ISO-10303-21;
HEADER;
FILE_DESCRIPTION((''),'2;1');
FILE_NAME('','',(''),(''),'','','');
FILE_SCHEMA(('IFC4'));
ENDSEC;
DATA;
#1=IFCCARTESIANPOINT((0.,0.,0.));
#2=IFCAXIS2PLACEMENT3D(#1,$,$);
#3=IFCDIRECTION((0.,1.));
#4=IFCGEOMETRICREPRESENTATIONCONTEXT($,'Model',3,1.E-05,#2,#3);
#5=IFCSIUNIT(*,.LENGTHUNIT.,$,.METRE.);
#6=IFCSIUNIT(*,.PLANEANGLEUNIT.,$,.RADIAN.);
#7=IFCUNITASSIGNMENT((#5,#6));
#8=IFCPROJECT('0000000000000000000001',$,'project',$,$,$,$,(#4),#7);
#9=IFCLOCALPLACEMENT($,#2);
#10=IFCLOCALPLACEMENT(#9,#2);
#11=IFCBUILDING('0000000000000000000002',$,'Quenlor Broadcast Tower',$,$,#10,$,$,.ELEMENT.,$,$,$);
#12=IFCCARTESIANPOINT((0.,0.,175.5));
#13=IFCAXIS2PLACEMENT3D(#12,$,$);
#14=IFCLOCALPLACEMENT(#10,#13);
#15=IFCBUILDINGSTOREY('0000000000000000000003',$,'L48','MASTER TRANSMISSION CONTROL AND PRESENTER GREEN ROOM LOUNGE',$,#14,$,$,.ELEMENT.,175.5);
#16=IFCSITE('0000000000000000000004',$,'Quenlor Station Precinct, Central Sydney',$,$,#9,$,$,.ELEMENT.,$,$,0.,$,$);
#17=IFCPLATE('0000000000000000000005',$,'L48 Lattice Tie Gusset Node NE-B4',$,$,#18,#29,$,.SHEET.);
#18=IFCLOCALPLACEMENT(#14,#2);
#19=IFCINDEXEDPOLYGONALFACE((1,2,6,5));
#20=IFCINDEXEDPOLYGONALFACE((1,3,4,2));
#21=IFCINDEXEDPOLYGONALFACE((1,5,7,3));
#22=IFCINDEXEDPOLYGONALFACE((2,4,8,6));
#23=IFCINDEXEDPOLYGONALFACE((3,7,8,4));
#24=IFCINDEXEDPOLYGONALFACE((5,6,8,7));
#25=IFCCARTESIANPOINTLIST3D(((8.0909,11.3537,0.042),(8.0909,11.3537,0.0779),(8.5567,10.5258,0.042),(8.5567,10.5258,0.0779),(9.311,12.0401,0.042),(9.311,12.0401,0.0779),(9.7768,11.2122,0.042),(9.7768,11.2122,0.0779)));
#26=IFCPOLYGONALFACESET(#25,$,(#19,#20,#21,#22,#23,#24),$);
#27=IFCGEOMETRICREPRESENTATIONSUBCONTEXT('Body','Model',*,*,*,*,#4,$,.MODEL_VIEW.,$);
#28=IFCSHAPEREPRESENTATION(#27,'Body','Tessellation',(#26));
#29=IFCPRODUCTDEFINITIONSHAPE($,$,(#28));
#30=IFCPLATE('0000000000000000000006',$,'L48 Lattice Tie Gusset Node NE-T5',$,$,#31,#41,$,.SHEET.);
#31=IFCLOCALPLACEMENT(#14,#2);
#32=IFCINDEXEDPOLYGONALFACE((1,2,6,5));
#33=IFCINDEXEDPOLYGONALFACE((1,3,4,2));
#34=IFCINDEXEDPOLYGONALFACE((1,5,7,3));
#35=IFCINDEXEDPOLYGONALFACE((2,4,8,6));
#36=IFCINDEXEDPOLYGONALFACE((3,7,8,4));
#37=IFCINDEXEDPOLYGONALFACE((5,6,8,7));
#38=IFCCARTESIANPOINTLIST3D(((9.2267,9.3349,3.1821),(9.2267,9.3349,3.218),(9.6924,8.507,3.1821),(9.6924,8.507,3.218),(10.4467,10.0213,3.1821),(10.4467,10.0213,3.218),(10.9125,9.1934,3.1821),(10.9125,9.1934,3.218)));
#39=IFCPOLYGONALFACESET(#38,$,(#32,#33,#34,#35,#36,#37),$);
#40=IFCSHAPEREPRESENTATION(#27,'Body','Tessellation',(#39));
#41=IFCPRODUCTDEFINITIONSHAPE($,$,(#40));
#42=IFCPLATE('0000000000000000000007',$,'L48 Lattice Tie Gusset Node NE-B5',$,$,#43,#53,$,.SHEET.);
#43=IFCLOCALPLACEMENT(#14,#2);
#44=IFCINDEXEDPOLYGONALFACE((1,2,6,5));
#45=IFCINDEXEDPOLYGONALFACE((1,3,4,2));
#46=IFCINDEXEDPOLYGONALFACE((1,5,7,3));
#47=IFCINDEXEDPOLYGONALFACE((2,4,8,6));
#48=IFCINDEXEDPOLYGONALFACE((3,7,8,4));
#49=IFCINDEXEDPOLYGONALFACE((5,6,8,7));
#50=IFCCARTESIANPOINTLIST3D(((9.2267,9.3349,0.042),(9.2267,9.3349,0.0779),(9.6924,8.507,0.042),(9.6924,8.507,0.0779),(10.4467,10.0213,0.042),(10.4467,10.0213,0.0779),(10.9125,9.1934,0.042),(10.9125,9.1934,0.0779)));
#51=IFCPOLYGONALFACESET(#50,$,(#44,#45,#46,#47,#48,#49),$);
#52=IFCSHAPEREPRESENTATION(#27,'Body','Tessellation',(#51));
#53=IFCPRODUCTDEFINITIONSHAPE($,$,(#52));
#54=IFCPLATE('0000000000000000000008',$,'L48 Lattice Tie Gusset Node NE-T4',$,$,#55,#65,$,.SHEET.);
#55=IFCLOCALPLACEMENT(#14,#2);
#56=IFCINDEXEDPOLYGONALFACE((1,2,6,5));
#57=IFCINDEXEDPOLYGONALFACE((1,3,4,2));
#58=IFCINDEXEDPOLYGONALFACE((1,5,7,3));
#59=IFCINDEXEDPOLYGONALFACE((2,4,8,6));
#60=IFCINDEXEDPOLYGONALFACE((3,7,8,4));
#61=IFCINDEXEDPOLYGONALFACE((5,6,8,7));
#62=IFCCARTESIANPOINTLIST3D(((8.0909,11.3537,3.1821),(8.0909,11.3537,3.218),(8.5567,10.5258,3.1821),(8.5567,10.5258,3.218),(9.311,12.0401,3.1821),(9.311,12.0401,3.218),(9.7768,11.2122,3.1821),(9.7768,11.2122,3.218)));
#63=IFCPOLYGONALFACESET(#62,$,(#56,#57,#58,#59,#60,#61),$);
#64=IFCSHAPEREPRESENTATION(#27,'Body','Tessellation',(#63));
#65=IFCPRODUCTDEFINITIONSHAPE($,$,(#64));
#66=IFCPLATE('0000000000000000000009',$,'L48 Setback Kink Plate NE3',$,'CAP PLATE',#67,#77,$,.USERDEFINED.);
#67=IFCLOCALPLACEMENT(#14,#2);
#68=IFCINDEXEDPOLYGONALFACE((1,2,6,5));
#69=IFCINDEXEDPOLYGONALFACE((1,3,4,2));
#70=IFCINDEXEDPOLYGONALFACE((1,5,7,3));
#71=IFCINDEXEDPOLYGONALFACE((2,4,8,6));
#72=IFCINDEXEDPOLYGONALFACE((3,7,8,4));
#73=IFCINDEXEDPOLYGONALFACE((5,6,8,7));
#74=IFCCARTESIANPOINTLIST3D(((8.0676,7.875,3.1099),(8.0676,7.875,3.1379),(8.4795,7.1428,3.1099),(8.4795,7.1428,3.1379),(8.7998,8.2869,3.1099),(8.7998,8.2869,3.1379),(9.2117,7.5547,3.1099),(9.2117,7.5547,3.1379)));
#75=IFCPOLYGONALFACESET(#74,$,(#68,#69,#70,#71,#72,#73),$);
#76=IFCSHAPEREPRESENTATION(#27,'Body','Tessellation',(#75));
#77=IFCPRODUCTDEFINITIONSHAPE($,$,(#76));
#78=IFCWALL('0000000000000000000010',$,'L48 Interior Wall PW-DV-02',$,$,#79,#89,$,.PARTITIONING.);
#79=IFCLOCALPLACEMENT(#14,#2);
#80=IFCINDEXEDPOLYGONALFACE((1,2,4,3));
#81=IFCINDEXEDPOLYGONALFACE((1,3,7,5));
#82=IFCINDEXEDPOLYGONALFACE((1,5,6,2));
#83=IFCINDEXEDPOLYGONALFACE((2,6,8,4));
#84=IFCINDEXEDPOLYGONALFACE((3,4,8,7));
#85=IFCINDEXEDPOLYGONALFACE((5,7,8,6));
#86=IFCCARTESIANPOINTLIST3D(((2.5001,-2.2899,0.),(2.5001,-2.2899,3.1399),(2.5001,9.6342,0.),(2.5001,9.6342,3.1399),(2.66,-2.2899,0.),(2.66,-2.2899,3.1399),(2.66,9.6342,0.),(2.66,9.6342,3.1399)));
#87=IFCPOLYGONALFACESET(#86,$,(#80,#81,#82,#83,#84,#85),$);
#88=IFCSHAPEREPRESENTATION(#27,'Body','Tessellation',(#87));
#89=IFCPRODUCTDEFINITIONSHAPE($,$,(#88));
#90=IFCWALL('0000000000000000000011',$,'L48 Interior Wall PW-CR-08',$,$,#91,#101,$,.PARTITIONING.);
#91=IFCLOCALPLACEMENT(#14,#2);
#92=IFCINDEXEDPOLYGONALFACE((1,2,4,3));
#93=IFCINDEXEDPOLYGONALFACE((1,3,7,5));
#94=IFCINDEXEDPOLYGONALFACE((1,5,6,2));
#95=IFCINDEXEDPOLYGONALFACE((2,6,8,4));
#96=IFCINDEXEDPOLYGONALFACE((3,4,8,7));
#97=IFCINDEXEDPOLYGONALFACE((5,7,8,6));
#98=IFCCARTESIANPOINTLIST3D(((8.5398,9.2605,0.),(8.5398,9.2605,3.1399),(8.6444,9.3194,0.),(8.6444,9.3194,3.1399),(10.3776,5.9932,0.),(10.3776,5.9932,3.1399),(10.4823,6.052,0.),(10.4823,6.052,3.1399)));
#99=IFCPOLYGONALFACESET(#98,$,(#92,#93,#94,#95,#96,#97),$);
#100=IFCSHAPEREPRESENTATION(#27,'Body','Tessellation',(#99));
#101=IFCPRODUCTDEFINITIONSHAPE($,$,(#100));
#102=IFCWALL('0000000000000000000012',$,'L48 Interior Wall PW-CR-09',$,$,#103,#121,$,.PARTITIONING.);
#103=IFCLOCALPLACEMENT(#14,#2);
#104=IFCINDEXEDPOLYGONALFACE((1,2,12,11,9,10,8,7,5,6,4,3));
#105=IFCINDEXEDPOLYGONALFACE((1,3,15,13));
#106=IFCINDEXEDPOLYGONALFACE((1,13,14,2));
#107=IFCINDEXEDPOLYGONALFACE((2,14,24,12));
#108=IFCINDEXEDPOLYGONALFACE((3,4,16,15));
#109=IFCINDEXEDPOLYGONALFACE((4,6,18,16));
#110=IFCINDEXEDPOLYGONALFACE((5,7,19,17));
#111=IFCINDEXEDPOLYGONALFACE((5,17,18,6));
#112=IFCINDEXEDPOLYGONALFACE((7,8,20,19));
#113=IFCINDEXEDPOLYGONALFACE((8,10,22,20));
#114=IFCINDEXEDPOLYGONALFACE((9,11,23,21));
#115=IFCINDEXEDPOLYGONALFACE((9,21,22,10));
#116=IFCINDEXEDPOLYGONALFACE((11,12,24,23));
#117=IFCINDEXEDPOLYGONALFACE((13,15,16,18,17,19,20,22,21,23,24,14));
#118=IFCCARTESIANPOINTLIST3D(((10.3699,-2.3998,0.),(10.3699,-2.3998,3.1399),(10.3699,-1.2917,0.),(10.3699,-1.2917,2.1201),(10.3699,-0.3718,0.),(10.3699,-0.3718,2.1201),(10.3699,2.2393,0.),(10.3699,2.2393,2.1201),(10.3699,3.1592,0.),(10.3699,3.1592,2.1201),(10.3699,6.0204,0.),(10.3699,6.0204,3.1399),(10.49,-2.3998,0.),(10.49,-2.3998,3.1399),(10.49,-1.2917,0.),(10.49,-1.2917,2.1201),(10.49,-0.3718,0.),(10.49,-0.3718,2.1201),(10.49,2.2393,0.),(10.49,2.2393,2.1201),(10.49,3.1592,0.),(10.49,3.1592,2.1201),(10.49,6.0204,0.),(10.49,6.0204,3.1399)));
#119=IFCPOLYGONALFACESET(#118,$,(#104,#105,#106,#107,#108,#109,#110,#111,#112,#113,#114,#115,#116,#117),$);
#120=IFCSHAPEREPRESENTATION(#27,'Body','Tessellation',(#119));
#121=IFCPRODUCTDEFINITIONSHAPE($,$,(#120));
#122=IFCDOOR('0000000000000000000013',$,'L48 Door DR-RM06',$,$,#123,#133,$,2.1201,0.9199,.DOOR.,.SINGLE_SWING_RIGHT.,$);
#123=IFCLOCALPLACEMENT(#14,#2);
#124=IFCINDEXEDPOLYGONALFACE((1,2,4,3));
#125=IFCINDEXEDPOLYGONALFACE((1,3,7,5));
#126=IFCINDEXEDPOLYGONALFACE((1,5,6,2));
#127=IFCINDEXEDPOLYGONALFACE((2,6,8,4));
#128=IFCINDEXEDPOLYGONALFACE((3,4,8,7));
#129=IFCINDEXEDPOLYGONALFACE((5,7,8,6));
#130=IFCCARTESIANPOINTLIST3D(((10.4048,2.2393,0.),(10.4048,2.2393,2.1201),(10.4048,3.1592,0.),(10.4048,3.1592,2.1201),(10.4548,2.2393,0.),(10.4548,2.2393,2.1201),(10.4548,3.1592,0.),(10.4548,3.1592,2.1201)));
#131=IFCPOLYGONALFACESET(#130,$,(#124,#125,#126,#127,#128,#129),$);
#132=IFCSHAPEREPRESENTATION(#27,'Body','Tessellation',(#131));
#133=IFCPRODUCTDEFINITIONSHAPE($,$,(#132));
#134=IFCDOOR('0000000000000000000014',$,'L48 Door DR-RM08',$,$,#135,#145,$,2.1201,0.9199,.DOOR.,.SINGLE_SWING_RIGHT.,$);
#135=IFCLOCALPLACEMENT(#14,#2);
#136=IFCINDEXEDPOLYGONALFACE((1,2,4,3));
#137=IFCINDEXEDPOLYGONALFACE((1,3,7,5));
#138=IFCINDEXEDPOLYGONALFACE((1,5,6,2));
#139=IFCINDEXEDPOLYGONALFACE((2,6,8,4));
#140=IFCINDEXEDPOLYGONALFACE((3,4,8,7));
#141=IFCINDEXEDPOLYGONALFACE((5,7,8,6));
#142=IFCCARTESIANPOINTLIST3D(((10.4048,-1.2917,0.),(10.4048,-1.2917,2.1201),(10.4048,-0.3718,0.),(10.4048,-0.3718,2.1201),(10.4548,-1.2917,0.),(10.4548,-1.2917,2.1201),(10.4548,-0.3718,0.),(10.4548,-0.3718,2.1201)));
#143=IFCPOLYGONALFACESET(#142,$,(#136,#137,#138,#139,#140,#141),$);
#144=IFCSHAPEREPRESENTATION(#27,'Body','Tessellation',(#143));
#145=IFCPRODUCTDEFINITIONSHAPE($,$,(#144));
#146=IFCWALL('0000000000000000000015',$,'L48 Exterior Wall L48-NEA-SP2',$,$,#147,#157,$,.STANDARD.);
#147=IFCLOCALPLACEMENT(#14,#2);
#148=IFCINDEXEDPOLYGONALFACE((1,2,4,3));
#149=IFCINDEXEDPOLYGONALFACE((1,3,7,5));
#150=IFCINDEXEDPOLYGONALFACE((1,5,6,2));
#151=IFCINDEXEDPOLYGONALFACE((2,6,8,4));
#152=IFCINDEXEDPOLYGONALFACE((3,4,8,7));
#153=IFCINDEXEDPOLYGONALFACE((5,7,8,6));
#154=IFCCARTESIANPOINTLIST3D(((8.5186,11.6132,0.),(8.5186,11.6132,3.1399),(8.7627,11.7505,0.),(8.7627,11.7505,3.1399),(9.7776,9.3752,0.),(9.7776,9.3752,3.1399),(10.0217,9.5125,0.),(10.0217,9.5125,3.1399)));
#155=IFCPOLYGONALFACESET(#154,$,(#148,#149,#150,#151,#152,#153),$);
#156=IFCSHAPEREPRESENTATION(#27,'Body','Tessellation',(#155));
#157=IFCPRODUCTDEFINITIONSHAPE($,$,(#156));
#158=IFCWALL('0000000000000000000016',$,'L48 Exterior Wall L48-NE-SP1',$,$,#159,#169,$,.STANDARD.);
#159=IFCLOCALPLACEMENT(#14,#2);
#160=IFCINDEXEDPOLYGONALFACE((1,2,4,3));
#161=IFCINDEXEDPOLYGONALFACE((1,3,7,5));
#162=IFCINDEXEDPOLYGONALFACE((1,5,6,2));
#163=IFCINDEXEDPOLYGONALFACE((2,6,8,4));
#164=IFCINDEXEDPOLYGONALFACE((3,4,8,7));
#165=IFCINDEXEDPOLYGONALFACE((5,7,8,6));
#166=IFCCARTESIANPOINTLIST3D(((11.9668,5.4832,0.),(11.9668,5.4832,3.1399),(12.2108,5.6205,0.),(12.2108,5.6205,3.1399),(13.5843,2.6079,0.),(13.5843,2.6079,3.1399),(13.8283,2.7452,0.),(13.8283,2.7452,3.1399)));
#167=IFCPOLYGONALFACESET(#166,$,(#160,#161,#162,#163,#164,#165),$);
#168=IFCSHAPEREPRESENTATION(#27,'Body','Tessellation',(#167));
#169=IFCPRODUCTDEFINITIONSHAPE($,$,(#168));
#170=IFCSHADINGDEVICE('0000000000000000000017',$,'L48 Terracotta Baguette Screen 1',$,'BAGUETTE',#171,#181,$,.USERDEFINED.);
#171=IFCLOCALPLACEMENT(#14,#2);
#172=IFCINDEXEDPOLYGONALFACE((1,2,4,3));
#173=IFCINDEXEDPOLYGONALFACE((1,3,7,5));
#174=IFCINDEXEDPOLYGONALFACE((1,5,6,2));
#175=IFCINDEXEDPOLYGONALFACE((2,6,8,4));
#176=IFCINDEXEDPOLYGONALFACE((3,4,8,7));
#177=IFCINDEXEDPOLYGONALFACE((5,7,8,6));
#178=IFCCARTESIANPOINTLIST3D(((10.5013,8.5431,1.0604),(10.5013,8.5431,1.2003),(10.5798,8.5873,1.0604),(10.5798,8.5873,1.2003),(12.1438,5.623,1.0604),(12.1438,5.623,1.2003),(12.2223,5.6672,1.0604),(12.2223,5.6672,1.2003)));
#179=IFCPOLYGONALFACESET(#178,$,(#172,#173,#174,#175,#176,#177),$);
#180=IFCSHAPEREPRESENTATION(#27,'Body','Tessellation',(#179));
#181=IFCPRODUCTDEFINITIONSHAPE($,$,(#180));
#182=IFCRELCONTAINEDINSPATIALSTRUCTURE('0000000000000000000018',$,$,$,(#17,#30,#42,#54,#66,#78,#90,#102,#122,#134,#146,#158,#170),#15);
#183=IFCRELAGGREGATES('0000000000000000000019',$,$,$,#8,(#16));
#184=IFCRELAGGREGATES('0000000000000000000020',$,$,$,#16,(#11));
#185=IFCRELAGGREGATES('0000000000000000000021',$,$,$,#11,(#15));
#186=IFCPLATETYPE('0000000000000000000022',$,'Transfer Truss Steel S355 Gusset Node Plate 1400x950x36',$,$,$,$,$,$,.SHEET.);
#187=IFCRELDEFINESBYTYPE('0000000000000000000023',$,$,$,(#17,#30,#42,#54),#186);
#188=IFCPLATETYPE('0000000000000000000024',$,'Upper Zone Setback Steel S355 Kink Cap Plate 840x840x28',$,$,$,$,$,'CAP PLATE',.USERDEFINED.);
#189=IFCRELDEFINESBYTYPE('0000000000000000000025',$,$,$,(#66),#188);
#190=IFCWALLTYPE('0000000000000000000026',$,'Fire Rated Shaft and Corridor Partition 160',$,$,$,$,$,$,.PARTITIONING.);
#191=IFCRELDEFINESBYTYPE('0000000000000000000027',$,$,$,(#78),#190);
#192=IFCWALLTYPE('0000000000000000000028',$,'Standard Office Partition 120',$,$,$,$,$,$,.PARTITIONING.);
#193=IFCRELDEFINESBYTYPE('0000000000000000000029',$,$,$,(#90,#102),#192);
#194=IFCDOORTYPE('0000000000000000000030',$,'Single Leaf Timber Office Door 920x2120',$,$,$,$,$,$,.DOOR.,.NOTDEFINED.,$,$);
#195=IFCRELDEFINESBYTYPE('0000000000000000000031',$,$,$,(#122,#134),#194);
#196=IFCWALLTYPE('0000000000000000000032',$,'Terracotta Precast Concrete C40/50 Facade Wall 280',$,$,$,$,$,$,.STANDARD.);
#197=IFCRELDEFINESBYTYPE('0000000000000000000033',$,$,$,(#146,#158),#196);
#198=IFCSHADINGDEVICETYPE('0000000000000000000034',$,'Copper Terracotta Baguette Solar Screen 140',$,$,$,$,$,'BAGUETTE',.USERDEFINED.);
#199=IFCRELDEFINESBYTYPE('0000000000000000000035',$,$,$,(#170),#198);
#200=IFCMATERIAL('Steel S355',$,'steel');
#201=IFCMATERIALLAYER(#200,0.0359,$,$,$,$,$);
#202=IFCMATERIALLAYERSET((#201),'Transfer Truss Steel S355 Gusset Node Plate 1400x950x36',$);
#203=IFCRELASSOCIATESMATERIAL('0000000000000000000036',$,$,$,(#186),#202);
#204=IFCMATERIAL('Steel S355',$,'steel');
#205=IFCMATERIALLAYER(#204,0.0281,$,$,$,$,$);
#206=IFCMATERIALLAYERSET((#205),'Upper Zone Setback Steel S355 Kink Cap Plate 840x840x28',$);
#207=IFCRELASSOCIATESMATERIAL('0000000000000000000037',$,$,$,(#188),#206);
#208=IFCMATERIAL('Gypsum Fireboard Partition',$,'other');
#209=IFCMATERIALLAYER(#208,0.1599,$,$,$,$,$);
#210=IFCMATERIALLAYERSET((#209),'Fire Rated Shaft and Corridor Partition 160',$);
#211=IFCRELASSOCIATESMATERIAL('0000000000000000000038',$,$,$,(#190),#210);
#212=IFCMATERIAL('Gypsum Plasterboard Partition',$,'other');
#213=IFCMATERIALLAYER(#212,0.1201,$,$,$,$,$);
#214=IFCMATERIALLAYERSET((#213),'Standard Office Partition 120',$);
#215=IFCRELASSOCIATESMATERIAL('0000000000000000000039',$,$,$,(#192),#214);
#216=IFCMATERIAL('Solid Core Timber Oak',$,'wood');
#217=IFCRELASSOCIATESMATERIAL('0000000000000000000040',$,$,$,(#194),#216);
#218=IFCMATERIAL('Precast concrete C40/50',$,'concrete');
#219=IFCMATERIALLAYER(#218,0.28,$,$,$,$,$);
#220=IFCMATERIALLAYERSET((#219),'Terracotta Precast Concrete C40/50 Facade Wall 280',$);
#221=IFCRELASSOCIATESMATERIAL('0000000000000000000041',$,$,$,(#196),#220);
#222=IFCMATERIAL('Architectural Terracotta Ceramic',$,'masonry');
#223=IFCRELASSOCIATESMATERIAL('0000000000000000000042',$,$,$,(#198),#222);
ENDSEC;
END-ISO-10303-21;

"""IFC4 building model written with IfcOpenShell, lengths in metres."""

from ifc_helpers import new_model, si_unit, direction, frame, frame_2d, origin, origin_2d, place, context, subcontext, project, spatial, rectangle, extrude, material, layer, layer_set, material_profile, profile_set, type_object, element, fill, save


model = new_model("IFC4")

# Units and contexts
model_context = context("Model", 3, precision=1e-05, world=origin(), true_north=direction((0.0, 1.0)))
body_context = subcontext(model_context, "Body", "Model", "MODEL_VIEW")
ifc_project = project(units=[si_unit("LENGTHUNIT", "METRE"), si_unit("PLANEANGLEUNIT", "RADIAN")], contexts=[model_context])

# Site, building, storey
site_placement = place(None, origin())
site = spatial("IfcSite", under=ifc_project, at=site_placement, Name="Quenlor Station Precinct, Central Sydney", CompositionType="ELEMENT", RefElevation=0.0)
building_placement = place(site_placement, origin())
building = spatial("IfcBuilding", under=site, at=building_placement, Name="Quenlor Broadcast Tower", CompositionType="ELEMENT")
storey_placement = place(building_placement, frame((0.0, 0.0, 175.5)))
storey = spatial("IfcBuildingStorey", under=building, at=storey_placement, Name="L48", Description="MASTER TRANSMISSION CONTROL AND PRESENTER GREEN ROOM LOUNGE", CompositionType="ELEMENT", Elevation=175.5)

# Plates
ifc_material_1 = material(Name="Steel S355", Category="steel")
ifc_layer_1 = layer(ifc_material_1, 0.0359)
ifc_layer_set_1 = layer_set([ifc_layer_1], Name="Transfer Truss Steel S355 Gusset Node Plate 1400x950x36")
plate_type_1 = type_object("IfcPlateType", Name="Transfer Truss Steel S355 Gusset Node Plate 1400x950x36", PredefinedType="SHEET", material=ifc_layer_set_1)
for number, where, z_axis, x_axis, name in (
    (1, (8.9338, 11.283, 0.042), (0.0, 0.0, 1.0), (0.871556, 0.490295, 0.0), "L48 Lattice Tie Gusset Node NE-B4"),
    (2, (10.0696, 9.2642, 3.1821), (0.0, 0.0, 1.0), (0.871556, 0.490295, 0.0), "L48 Lattice Tie Gusset Node NE-T5"),
    (3, (10.0696, 9.2642, 0.042), (0.0, 0.0, 1.0), (0.871556, 0.490295, 0.0), "L48 Lattice Tie Gusset Node NE-B5"),
    (4, (8.9338, 11.283, 3.1821), (0.0, 0.0, 1.0), (0.871556, 0.490295, 0.0), "L48 Lattice Tie Gusset Node NE-T4"),
):
    element("IfcPlate", number, at=place(storey_placement, frame(where, z_axis=z_axis, x_axis=x_axis)), inside=storey, type_object=plate_type_1, Name=name, PredefinedType="SHEET", context=body_context, shape_type="SweptSolid", body=[
        extrude(rectangle(XDim=1.3999, YDim=0.95, at=origin_2d()), origin(), (0.0, 0.0, 1.0), 0.0359),
    ])
ifc_material_2 = material(Name="Steel S355", Category="steel")
ifc_layer_2 = layer(ifc_material_2, 0.0281)
ifc_layer_set_2 = layer_set([ifc_layer_2], Name="Upper Zone Setback Steel S355 Kink Cap Plate 840x840x28")
plate_type_2 = type_object("IfcPlateType", Name="Upper Zone Setback Steel S355 Kink Cap Plate 840x840x28", ElementType="CAP PLATE", PredefinedType="USERDEFINED", material=ifc_layer_set_2)
plate_1_placement = place(storey_placement, frame((8.6396, 7.7148, 3.1099), z_axis=(0.0, 0.0, 1.0), x_axis=(0.871575, 0.490262, 0.0)))
element("IfcPlate", 5, at=plate_1_placement, inside=storey, type_object=plate_type_2, Name="L48 Setback Kink Plate NE3", ObjectType="CAP PLATE", PredefinedType="USERDEFINED", context=body_context, shape_type="SweptSolid", body=[
    extrude(rectangle(XDim=0.8401, YDim=0.8401, at=origin_2d()), origin(), (0.0, 0.0, 1.0), 0.0281),
])

# Walls
ifc_material_3 = material(Name="Gypsum Fireboard Partition", Category="other")
ifc_layer_3 = layer(ifc_material_3, 0.1599)
ifc_layer_set_3 = layer_set([ifc_layer_3], Name="Fire Rated Shaft and Corridor Partition 160")
wall_type_1 = type_object("IfcWallType", Name="Fire Rated Shaft and Corridor Partition 160", PredefinedType="PARTITIONING", material=ifc_layer_set_3)
wall_1_placement = place(storey_placement, frame((2.5801, 9.634, 0.0), z_axis=(0.0, 0.0, 1.0), x_axis=(0.0, -1.0, 0.0)))
element("IfcWall", 6, at=wall_1_placement, inside=storey, type_object=wall_type_1, Name="L48 Interior Wall PW-DV-02", PredefinedType="PARTITIONING", context=body_context, shape_type="SweptSolid", body=[
    extrude(rectangle(XDim=11.9241, YDim=0.1599, at=frame_2d((5.9619, 0.0))), origin(), (0.0, 0.0, 1.0), 3.1399),
])
ifc_material_4 = material(Name="Gypsum Plasterboard Partition", Category="other")
ifc_layer_4 = layer(ifc_material_4, 0.1201)
ifc_layer_set_4 = layer_set([ifc_layer_4], Name="Standard Office Partition 120")
wall_type_2 = type_object("IfcWallType", Name="Standard Office Partition 120", PredefinedType="PARTITIONING", material=ifc_layer_set_4)
wall_2_placement = place(storey_placement, frame((8.592, 9.29, 0.0), z_axis=(0.0, 0.0, 1.0), x_axis=(0.490264, -0.871574, 0.0)))
element("IfcWall", 7, at=wall_2_placement, inside=storey, type_object=wall_type_2, Name="L48 Interior Wall PW-CR-08", PredefinedType="PARTITIONING", context=body_context, shape_type="SweptSolid", body=[
    extrude(rectangle(XDim=3.7488, YDim=0.1201, at=frame_2d((1.8745, 0.0))), origin(), (0.0, 0.0, 1.0), 3.1399),
])

# Wall, openings, doors
wall_3_placement = place(storey_placement, frame((10.4299, 6.0203, 0.0), z_axis=(0.0, 0.0, 1.0), x_axis=(0.0, -1.0, 0.0)))
wall_3 = element("IfcWall", 8, at=wall_3_placement, inside=storey, type_object=wall_type_2, Name="L48 Interior Wall PW-CR-09", PredefinedType="PARTITIONING", context=body_context, shape_type="SweptSolid", body=[
    extrude(rectangle(XDim=8.4202, YDim=0.1201, at=frame_2d((4.21, 0.0))), origin(), (0.0, 0.0, 1.0), 3.1399),
])
opening_1_placement = place(wall_3_placement, frame((2.8611, 0.0, 0.0)))
opening_1 = element("IfcOpeningElement", 9, at=opening_1_placement, cuts=wall_3, PredefinedType="OPENING", context=body_context, shape_type="SweptSolid", body=[
    extrude(rectangle(XDim=0.9199, YDim=2.1201, at=frame_2d((0.46, 1.0601))), frame((0.0, 0.0701, 0.0), z_axis=(0.0, -1.0, 0.0), x_axis=(1.0, 0.0, 0.0)), (0.0, 0.0, 1.0), 0.1401),
])
opening_2_placement = place(wall_3_placement, frame((6.3921, 0.0, 0.0)))
opening_2 = element("IfcOpeningElement", 10, at=opening_2_placement, cuts=wall_3, PredefinedType="OPENING", context=body_context, shape_type="SweptSolid", body=[
    extrude(rectangle(XDim=0.9199, YDim=2.1201, at=frame_2d((0.46, 1.0601))), frame((0.0, 0.0701, 0.0), z_axis=(0.0, -1.0, 0.0), x_axis=(1.0, 0.0, 0.0)), (0.0, 0.0, 1.0), 0.1401),
])
ifc_material_5 = material(Name="Solid Core Timber Oak", Category="wood")
door_type = type_object("IfcDoorType", Name="Single Leaf Timber Office Door 920x2120", OperationType="NOTDEFINED", PredefinedType="DOOR", material=ifc_material_5)
door_1_placement = place(opening_1_placement, origin())
door_1 = element("IfcDoor", 11, at=door_1_placement, inside=storey, type_object=door_type, Name="L48 Door DR-RM06", OperationType="SINGLE_SWING_RIGHT", OverallHeight=2.1201, OverallWidth=0.9199, PredefinedType="DOOR", context=body_context, shape_type="SweptSolid", body=[
    extrude(rectangle(XDim=0.9199, YDim=2.1201, at=frame_2d((0.46, 1.0601))), frame((0.0, 0.0249, 0.0), z_axis=(0.0, -1.0, 0.0), x_axis=(1.0, 0.0, 0.0)), (0.0, 0.0, 1.0), 0.05),
])
fill(opening_1, door_1)
door_2_placement = place(opening_2_placement, origin())
door_2 = element("IfcDoor", 12, at=door_2_placement, inside=storey, type_object=door_type, Name="L48 Door DR-RM08", OperationType="SINGLE_SWING_RIGHT", OverallHeight=2.1201, OverallWidth=0.9199, PredefinedType="DOOR", context=body_context, shape_type="SweptSolid", body=[
    extrude(rectangle(XDim=0.9199, YDim=2.1201, at=frame_2d((0.46, 1.0601))), frame((0.0, 0.0249, 0.0), z_axis=(0.0, -1.0, 0.0), x_axis=(1.0, 0.0, 0.0)), (0.0, 0.0, 1.0), 0.05),
])
fill(opening_2, door_2)

# Walls
ifc_material_6 = material(Name="Precast concrete C40/50", Category="concrete")
ifc_layer_5 = layer(ifc_material_6, 0.28)
ifc_layer_set_5 = layer_set([ifc_layer_5], Name="Terracotta Precast Concrete C40/50 Facade Wall 280")
wall_type_3 = type_object("IfcWallType", Name="Terracotta Precast Concrete C40/50 Facade Wall 280", PredefinedType="STANDARD", material=ifc_layer_set_5)
wall_4_placement = place(storey_placement, frame((8.6406, 11.6819, 0.0), z_axis=(0.0, 0.0, 1.0), x_axis=(0.490302, -0.871553, 0.0)))
element("IfcWall", 13, at=wall_4_placement, inside=storey, type_object=wall_type_3, Name="L48 Exterior Wall L48-NEA-SP2", PredefinedType="STANDARD", context=body_context, shape_type="SweptSolid", body=[
    extrude(rectangle(XDim=2.5679, YDim=0.28, at=frame_2d((1.2839, 0.0))), origin(), (0.0, 0.0, 1.0), 3.1399),
])
wall_5_placement = place(storey_placement, frame((12.0889, 5.5518, 0.0), z_axis=(0.0, 0.0, 1.0), x_axis=(0.490286, -0.871562, 0.0)))
element("IfcWall", 14, at=wall_5_placement, inside=storey, type_object=wall_type_3, Name="L48 Exterior Wall L48-NE-SP1", PredefinedType="STANDARD", context=body_context, shape_type="SweptSolid", body=[
    extrude(rectangle(XDim=3.2991, YDim=0.28, at=frame_2d((1.6494, 0.0))), origin(), (0.0, 0.0, 1.0), 3.1399),
])

# Shading device
ifc_material_7 = material(Name="Architectural Terracotta Ceramic", Category="masonry")
ifc_material_profile_1 = material_profile(ifc_material_7, rectangle(XDim=0.0901, YDim=0.1399, at=origin_2d()))
ifc_profile_set_1 = profile_set([ifc_material_profile_1], Name="Architectural Terracotta Ceramic BAG90x140")
shading_device_type = type_object("IfcShadingDeviceType", Name="Copper Terracotta Baguette Solar Screen 140", ElementType="BAGUETTE", PredefinedType="USERDEFINED", material=ifc_profile_set_1)
for number, where, z_axis, x_axis, name in (
    (15, (10.5405, 8.5652, 1.1304), (0.490258, -0.871577, 0.0), (0.871577, 0.490258, 0.0), "L48 Terracotta Baguette Screen 1"),
):
    element("IfcShadingDevice", number, at=place(storey_placement, frame(where, z_axis=z_axis, x_axis=x_axis)), inside=storey, type_object=shading_device_type, Name=name, ObjectType="BAGUETTE", PredefinedType="USERDEFINED", context=body_context, shape_type="SweptSolid", body=[
        extrude(rectangle(XDim=0.0901, YDim=0.1399, at=origin_2d()), origin(), (0.0, 0.0, 1.0), 3.3503),
    ])

save(model, "model.ifc")
